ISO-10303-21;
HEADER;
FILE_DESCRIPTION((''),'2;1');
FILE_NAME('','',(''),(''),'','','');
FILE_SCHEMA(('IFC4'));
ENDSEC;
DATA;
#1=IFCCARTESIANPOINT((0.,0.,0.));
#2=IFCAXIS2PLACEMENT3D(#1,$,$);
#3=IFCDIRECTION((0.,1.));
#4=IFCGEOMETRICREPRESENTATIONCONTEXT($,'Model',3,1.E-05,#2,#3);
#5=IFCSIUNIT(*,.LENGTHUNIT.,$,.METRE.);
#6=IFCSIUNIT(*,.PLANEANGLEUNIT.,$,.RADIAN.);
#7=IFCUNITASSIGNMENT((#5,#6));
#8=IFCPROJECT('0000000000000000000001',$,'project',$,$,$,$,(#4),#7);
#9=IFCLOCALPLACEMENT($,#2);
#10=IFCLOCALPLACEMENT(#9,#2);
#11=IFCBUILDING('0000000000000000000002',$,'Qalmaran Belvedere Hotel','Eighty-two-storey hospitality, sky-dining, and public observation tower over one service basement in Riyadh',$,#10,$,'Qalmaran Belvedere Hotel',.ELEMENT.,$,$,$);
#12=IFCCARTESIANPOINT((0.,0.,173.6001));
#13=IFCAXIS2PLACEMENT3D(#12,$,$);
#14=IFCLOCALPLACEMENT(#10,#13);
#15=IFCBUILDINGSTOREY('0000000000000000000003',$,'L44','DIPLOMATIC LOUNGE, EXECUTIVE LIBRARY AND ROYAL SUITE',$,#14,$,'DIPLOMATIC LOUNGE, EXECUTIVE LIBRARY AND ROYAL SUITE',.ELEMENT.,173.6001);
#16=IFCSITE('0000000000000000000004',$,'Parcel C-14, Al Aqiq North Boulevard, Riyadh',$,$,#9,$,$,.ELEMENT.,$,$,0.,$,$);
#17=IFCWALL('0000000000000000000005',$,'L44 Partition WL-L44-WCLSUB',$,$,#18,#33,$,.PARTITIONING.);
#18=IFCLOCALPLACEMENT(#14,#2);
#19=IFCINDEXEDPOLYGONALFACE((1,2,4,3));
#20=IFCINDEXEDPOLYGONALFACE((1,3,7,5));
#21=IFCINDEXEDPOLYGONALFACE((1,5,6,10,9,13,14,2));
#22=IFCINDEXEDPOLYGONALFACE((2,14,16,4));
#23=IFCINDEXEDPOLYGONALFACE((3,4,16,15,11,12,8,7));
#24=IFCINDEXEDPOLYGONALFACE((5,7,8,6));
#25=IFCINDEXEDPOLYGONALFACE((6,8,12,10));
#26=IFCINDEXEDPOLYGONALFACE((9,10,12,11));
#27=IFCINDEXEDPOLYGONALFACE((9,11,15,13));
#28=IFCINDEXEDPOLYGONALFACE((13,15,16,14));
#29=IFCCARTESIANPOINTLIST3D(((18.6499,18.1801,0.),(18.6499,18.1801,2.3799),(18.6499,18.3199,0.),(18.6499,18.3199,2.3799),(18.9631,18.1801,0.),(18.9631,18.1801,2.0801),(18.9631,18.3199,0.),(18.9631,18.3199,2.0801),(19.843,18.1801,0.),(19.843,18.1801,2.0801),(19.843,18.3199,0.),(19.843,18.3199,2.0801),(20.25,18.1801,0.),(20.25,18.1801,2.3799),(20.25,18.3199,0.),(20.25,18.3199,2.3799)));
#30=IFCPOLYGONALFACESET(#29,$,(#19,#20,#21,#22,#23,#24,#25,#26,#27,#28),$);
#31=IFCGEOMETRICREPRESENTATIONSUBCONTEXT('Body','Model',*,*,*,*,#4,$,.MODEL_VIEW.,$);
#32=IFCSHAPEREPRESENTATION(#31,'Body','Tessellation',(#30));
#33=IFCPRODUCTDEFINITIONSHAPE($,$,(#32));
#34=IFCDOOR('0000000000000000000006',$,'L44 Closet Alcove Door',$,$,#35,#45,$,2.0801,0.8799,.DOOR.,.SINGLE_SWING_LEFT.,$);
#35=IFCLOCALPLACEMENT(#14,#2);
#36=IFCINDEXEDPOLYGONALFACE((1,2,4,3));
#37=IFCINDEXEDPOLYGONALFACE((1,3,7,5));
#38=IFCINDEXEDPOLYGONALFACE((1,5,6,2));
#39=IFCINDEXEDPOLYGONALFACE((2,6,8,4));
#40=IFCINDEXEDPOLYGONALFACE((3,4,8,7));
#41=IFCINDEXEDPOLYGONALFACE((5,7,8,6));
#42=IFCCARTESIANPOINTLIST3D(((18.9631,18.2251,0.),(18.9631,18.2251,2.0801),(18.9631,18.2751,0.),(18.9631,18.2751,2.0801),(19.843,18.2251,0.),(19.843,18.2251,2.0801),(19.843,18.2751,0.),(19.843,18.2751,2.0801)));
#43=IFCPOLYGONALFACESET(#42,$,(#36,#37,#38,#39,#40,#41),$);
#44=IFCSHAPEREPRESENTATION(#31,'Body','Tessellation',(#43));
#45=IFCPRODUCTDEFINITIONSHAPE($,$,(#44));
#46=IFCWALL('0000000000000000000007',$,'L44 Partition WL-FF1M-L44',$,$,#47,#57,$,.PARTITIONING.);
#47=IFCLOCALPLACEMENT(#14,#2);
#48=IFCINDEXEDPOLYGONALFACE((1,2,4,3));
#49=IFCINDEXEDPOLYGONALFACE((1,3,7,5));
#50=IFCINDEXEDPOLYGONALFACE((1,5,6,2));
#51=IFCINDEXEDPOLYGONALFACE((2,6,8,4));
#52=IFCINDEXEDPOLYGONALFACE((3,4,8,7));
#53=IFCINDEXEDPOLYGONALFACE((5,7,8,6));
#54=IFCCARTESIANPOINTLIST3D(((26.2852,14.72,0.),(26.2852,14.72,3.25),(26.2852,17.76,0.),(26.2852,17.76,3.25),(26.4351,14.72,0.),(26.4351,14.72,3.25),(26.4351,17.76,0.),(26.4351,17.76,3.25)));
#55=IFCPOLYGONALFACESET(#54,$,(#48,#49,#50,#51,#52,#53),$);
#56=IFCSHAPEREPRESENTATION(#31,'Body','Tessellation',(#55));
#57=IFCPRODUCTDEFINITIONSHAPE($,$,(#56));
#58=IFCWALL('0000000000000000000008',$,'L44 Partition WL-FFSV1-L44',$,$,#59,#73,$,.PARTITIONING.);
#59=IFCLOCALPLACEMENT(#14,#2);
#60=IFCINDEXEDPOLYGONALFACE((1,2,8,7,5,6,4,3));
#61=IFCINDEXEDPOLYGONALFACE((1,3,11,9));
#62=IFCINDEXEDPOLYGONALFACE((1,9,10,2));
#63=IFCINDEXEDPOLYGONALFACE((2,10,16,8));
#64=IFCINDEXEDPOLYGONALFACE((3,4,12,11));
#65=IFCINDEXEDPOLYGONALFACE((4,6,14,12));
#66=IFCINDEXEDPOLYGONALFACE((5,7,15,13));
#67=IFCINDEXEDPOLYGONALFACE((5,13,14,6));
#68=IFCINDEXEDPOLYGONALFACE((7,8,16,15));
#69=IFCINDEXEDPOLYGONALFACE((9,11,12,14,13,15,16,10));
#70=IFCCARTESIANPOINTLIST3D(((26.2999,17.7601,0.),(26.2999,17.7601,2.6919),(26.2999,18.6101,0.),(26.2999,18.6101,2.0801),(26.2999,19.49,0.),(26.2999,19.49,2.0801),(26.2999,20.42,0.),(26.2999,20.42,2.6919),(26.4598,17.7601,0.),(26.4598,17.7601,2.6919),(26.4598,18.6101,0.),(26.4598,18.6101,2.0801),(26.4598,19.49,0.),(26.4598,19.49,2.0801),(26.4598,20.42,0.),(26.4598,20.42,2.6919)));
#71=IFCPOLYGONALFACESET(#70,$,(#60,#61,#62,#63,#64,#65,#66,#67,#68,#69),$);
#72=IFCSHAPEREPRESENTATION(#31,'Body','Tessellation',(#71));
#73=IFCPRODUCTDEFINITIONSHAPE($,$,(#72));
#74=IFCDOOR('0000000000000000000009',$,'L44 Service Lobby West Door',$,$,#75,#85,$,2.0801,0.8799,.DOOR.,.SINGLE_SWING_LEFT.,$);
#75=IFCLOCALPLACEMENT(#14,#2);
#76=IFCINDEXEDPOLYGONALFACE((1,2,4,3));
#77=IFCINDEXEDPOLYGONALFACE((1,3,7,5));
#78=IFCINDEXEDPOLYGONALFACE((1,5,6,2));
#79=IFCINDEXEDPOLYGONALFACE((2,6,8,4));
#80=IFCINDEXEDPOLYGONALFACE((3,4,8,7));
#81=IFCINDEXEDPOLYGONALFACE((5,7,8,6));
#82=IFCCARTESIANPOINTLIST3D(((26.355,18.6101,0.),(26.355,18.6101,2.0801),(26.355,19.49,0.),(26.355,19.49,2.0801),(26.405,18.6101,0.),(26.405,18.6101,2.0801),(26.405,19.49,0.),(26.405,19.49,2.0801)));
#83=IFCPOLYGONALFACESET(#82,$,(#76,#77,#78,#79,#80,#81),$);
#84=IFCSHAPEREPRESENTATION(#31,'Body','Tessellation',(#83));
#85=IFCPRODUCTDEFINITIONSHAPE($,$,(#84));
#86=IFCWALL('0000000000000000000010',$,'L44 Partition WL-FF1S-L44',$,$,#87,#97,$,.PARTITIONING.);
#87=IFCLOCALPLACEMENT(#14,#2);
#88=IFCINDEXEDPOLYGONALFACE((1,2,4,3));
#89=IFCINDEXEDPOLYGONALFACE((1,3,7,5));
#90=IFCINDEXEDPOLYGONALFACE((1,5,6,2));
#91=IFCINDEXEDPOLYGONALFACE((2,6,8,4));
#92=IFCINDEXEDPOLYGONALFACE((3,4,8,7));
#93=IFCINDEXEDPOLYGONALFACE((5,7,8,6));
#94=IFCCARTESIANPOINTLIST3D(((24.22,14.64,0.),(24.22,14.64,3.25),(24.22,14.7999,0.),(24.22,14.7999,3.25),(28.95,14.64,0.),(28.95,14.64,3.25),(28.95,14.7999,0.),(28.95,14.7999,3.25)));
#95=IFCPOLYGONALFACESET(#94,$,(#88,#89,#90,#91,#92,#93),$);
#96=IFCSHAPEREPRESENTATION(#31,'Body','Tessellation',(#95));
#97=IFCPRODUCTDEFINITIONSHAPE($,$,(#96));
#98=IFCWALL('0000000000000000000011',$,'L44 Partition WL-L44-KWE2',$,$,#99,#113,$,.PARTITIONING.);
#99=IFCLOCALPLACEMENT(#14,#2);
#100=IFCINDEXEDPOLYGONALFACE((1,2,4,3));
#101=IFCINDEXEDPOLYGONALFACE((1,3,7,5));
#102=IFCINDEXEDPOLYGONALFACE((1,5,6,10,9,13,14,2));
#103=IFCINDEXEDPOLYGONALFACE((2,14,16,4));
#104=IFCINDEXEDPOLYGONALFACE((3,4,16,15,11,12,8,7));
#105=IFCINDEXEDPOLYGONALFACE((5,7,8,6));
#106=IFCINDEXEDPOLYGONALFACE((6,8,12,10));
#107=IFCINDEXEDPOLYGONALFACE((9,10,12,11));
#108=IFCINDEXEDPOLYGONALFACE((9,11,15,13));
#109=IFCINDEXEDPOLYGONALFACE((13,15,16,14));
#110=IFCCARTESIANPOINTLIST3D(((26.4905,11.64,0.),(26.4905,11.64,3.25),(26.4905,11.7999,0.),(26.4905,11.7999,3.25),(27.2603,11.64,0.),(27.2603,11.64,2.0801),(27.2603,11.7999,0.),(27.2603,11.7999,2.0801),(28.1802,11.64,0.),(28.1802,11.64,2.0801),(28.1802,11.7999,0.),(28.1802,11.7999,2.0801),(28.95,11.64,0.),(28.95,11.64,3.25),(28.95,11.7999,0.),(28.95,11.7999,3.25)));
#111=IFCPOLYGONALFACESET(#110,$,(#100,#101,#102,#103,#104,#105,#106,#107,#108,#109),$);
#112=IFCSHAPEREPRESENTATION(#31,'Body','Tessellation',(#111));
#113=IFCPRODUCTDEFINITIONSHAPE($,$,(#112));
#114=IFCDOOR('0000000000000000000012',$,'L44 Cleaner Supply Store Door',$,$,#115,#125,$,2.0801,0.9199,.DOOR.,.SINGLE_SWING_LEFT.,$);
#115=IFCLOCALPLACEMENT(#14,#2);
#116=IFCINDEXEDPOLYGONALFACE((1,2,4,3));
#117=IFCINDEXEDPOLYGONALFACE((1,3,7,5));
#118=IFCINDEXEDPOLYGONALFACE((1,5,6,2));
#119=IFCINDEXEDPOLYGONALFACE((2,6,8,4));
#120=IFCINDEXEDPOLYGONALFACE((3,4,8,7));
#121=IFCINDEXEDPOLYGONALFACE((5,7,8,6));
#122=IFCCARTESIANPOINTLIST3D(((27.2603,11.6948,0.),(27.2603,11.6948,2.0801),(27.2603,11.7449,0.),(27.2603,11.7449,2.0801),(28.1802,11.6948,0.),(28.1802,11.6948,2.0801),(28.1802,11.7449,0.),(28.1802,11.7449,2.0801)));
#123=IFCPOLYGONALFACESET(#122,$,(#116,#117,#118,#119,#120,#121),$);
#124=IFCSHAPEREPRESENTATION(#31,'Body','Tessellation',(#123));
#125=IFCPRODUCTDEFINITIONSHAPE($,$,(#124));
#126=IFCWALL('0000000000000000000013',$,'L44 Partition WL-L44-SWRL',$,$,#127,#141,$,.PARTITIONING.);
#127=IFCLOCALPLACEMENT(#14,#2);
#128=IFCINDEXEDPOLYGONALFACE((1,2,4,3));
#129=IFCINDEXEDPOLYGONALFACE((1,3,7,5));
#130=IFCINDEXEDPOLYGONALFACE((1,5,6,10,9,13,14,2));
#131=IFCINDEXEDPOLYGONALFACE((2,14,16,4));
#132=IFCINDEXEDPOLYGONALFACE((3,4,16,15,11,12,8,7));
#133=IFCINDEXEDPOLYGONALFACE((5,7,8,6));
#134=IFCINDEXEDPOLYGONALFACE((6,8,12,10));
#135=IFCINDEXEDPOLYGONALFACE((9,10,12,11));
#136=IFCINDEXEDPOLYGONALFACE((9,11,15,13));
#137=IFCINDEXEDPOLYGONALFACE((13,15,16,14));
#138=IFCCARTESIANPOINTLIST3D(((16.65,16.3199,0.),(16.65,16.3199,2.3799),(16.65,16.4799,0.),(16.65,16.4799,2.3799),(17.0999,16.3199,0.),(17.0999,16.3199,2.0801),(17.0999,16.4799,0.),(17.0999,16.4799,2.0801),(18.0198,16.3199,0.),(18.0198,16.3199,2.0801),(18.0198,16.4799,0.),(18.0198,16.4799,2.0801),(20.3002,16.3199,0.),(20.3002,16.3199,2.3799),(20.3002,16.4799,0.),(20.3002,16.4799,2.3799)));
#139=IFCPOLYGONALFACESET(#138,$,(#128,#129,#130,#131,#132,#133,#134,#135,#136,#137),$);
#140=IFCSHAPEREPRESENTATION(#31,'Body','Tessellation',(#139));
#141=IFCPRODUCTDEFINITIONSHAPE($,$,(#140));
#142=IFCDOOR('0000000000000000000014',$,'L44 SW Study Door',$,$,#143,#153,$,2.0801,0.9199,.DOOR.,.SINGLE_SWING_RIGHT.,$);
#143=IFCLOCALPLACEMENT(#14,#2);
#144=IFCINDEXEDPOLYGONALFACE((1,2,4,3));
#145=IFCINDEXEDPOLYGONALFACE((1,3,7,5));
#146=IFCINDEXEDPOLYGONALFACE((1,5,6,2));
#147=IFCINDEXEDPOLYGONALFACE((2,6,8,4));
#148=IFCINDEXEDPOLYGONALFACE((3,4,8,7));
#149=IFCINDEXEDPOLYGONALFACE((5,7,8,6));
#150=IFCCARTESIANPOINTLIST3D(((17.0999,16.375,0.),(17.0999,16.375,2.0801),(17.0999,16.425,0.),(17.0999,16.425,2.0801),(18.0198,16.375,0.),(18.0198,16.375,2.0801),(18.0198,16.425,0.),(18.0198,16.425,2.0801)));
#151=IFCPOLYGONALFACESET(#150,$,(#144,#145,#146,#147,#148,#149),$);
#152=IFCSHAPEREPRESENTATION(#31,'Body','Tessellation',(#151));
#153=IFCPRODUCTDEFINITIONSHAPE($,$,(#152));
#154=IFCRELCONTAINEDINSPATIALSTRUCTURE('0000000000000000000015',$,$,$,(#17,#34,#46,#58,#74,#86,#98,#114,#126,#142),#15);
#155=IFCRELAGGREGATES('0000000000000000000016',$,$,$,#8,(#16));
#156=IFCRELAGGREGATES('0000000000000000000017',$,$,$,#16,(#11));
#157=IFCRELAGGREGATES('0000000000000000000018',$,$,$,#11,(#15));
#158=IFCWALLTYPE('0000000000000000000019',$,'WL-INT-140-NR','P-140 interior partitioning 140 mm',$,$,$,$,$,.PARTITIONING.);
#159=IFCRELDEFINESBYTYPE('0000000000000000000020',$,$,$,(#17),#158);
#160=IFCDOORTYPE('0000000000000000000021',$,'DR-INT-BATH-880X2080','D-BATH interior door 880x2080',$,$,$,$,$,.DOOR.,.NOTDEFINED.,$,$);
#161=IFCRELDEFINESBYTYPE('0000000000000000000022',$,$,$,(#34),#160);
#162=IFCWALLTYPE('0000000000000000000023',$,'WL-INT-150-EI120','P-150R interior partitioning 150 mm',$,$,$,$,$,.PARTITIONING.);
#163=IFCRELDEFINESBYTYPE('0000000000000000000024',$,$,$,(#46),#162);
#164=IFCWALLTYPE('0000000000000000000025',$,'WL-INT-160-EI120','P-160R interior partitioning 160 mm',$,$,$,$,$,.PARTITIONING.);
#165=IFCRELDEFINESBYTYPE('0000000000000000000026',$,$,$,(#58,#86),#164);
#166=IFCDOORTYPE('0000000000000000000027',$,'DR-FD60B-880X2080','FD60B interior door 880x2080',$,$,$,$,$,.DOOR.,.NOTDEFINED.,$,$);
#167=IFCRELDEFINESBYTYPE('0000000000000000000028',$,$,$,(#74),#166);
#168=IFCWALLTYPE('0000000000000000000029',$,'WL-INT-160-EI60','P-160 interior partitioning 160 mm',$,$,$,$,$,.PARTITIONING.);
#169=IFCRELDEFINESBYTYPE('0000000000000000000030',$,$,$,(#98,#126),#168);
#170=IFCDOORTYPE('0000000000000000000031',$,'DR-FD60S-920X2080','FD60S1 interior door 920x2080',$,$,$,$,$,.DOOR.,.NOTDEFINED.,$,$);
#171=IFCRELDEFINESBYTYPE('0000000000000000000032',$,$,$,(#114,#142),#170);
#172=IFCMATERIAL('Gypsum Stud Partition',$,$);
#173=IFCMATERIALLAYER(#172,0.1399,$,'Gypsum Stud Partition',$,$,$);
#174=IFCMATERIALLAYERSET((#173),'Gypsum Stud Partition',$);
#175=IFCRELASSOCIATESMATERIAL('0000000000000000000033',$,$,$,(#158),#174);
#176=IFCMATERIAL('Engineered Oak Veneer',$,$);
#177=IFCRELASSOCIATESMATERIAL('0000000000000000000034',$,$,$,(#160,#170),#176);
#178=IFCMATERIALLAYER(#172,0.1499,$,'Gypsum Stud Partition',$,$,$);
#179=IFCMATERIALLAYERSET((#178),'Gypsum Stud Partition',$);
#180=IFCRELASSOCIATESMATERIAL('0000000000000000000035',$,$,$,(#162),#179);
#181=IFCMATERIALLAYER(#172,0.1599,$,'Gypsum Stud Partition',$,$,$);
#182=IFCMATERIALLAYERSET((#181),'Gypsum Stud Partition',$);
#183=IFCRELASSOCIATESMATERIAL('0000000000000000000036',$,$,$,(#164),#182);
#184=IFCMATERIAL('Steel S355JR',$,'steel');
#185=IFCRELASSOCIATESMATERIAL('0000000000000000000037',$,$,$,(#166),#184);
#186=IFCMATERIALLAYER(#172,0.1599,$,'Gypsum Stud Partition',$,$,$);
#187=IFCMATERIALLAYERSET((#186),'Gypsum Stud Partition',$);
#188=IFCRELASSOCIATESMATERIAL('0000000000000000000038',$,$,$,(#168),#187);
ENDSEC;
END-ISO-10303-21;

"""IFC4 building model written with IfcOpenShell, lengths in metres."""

from ifc_helpers import new_model, si_unit, direction, frame, frame_2d, origin, place, context, subcontext, project, spatial, rectangle, extrude, material, layer, layer_set, type_object, element, fill, save


model = new_model("IFC4")

# Units and contexts
model_context = context("Model", 3, precision=1e-05, world=origin(), true_north=direction((0.0, 1.0)))
body_context = subcontext(model_context, "Body", "Model", "MODEL_VIEW")
ifc_project = project(units=[si_unit("LENGTHUNIT", "METRE"), si_unit("PLANEANGLEUNIT", "RADIAN")], contexts=[model_context])

# Site, building, storey
site_placement = place(None, origin())
site = spatial("IfcSite", under=ifc_project, at=site_placement, Name="Parcel C-14, Al Aqiq North Boulevard, Riyadh", CompositionType="ELEMENT", RefElevation=0.0)
building_placement = place(site_placement, origin())
building = spatial("IfcBuilding", under=site, at=building_placement, Name="Qalmaran Belvedere Hotel", Description="Eighty-two-storey hospitality, sky-dining, and public observation tower over one service basement in Riyadh", LongName="Qalmaran Belvedere Hotel", CompositionType="ELEMENT")
storey_placement = place(building_placement, frame((0.0, 0.0, 173.6001)))
storey = spatial("IfcBuildingStorey", under=building, at=storey_placement, Name="L44", Description="DIPLOMATIC LOUNGE, EXECUTIVE LIBRARY AND ROYAL SUITE", LongName="DIPLOMATIC LOUNGE, EXECUTIVE LIBRARY AND ROYAL SUITE", CompositionType="ELEMENT", Elevation=173.6001)

# Wall, opening, door
ifc_material_1 = material(Name="Gypsum Stud Partition")
ifc_layer_1 = layer(ifc_material_1, 0.1399, Name="Gypsum Stud Partition")
ifc_layer_set_1 = layer_set([ifc_layer_1], Name="Gypsum Stud Partition")
wall_type_1 = type_object("IfcWallType", Name="WL-INT-140-NR", Description="P-140 interior partitioning 140 mm", PredefinedType="PARTITIONING", material=ifc_layer_set_1)
wall_1_placement = place(storey_placement, frame((18.6499, 18.25, 0.0), z_axis=(0.0, 0.0, 1.0), x_axis=(1.0, 0.0, 0.0)))
wall_1 = element("IfcWall", 1, at=wall_1_placement, inside=storey, type_object=wall_type_1, Name="L44 Partition WL-L44-WCLSUB", PredefinedType="PARTITIONING", context=body_context, shape_type="SweptSolid", body=[
    extrude(rectangle(XDim=1.6001, YDim=0.1399, at=frame_2d((0.8, 0.0))), origin(), (0.0, 0.0, 1.0), 2.3799),
])
opening_1_placement = place(wall_1_placement, frame((1.1931, 0.0, 0.0), z_axis=(0.0, 0.0, 1.0), x_axis=(-1.0, 0.0, 0.0)))
opening_1 = element("IfcOpeningElement", 2, at=opening_1_placement, cuts=wall_1, PredefinedType="OPENING", context=body_context, shape_type="SweptSolid", body=[
    extrude(rectangle(XDim=0.8799, YDim=2.0801, at=frame_2d((0.4399, 1.04))), frame((0.0, 0.0801, 0.0), z_axis=(0.0, -1.0, 0.0), x_axis=(1.0, 0.0, 0.0)), (0.0, 0.0, 1.0), 0.1599),
])
ifc_material_2 = material(Name="Engineered Oak Veneer")
door_type_1 = type_object("IfcDoorType", Name="DR-INT-BATH-880X2080", Description="D-BATH interior door 880x2080", OperationType="NOTDEFINED", PredefinedType="DOOR", material=ifc_material_2)
door_1_placement = place(opening_1_placement, origin())
door_1 = element("IfcDoor", 3, at=door_1_placement, inside=storey, type_object=door_type_1, Name="L44 Closet Alcove Door", OperationType="SINGLE_SWING_LEFT", OverallHeight=2.0801, OverallWidth=0.8799, PredefinedType="DOOR", context=body_context, shape_type="SweptSolid", body=[
    extrude(rectangle(XDim=0.8799, YDim=2.0801, at=frame_2d((0.4399, 1.04))), frame((0.0, 0.0249, 0.0), z_axis=(0.0, -1.0, 0.0), x_axis=(1.0, 0.0, 0.0)), (0.0, 0.0, 1.0), 0.05),
])
fill(opening_1, door_1)

# Wall
ifc_layer_2 = layer(ifc_material_1, 0.1499, Name="Gypsum Stud Partition")
ifc_layer_set_2 = layer_set([ifc_layer_2], Name="Gypsum Stud Partition")
wall_type_2 = type_object("IfcWallType", Name="WL-INT-150-EI120", Description="P-150R interior partitioning 150 mm", PredefinedType="PARTITIONING", material=ifc_layer_set_2)
wall_2_placement = place(storey_placement, frame((26.3601, 14.72, 0.0), z_axis=(0.0, 0.0, 1.0), x_axis=(0.0, 1.0, 0.0)))
element("IfcWall", 4, at=wall_2_placement, inside=storey, type_object=wall_type_2, Name="L44 Partition WL-FF1M-L44", PredefinedType="PARTITIONING", context=body_context, shape_type="SweptSolid", body=[
    extrude(rectangle(XDim=3.04, YDim=0.1499, at=frame_2d((1.52, 0.0))), origin(), (0.0, 0.0, 1.0), 3.25),
])

# Wall, opening, door
ifc_layer_3 = layer(ifc_material_1, 0.1599, Name="Gypsum Stud Partition")
ifc_layer_set_3 = layer_set([ifc_layer_3], Name="Gypsum Stud Partition")
wall_type_3 = type_object("IfcWallType", Name="WL-INT-160-EI120", Description="P-160R interior partitioning 160 mm", PredefinedType="PARTITIONING", material=ifc_layer_set_3)
wall_3_placement = place(storey_placement, frame((26.3799, 17.76, 0.0), z_axis=(0.0, 0.0, 1.0), x_axis=(0.0, 1.0, 0.0)))
wall_3 = element("IfcWall", 5, at=wall_3_placement, inside=storey, type_object=wall_type_3, Name="L44 Partition WL-FFSV1-L44", PredefinedType="PARTITIONING", context=body_context, shape_type="SweptSolid", body=[
    extrude(rectangle(XDim=2.6599, YDim=0.1599, at=frame_2d((1.3301, 0.0))), origin(), (0.0, 0.0, 1.0), 2.6919),
])
opening_2_placement = place(wall_3_placement, frame((0.8501, 0.0, 0.0)))
opening_2 = element("IfcOpeningElement", 6, at=opening_2_placement, cuts=wall_3, PredefinedType="OPENING", context=body_context, shape_type="SweptSolid", body=[
    extrude(rectangle(XDim=0.8799, YDim=2.0801, at=frame_2d((0.4399, 1.04))), frame((0.0, 0.0898, 0.0), z_axis=(0.0, -1.0, 0.0), x_axis=(1.0, 0.0, 0.0)), (0.0, 0.0, 1.0), 0.1799),
])
ifc_material_3 = material(Name="Steel S355JR", Category="steel")
door_type_2 = type_object("IfcDoorType", Name="DR-FD60B-880X2080", Description="FD60B interior door 880x2080", OperationType="NOTDEFINED", PredefinedType="DOOR", material=ifc_material_3)
door_2_placement = place(opening_2_placement, origin())
door_2 = element("IfcDoor", 7, at=door_2_placement, inside=storey, type_object=door_type_2, Name="L44 Service Lobby West Door", OperationType="SINGLE_SWING_LEFT", OverallHeight=2.0801, OverallWidth=0.8799, PredefinedType="DOOR", context=body_context, shape_type="SweptSolid", body=[
    extrude(rectangle(XDim=0.8799, YDim=2.0801, at=frame_2d((0.4399, 1.04))), frame((0.0, 0.0249, 0.0), z_axis=(0.0, -1.0, 0.0), x_axis=(1.0, 0.0, 0.0)), (0.0, 0.0, 1.0), 0.05),
])
fill(opening_2, door_2)

# Wall
wall_4_placement = place(storey_placement, frame((24.22, 14.72, 0.0), z_axis=(0.0, 0.0, 1.0), x_axis=(1.0, 0.0, 0.0)))
element("IfcWall", 8, at=wall_4_placement, inside=storey, type_object=wall_type_3, Name="L44 Partition WL-FF1S-L44", PredefinedType="PARTITIONING", context=body_context, shape_type="SweptSolid", body=[
    extrude(rectangle(XDim=4.73, YDim=0.1599, at=frame_2d((2.365, 0.0))), origin(), (0.0, 0.0, 1.0), 3.25),
])

# Walls, openings, doors
ifc_layer_4 = layer(ifc_material_1, 0.1599, Name="Gypsum Stud Partition")
ifc_layer_set_4 = layer_set([ifc_layer_4], Name="Gypsum Stud Partition")
wall_type_4 = type_object("IfcWallType", Name="WL-INT-160-EI60", Description="P-160 interior partitioning 160 mm", PredefinedType="PARTITIONING", material=ifc_layer_set_4)
wall_5_placement = place(storey_placement, frame((26.4905, 11.72, 0.0), z_axis=(0.0, 0.0, 1.0), x_axis=(1.0, 0.0, 0.0)))
wall_5 = element("IfcWall", 9, at=wall_5_placement, inside=storey, type_object=wall_type_4, Name="L44 Partition WL-L44-KWE2", PredefinedType="PARTITIONING", context=body_context, shape_type="SweptSolid", body=[
    extrude(rectangle(XDim=2.4595, YDim=0.1599, at=frame_2d((1.2297, 0.0))), origin(), (0.0, 0.0, 1.0), 3.25),
])
opening_3_placement = place(wall_5_placement, frame((0.7698, 0.0, 0.0)))
opening_3 = element("IfcOpeningElement", 10, at=opening_3_placement, cuts=wall_5, PredefinedType="OPENING", context=body_context, shape_type="SweptSolid", body=[
    extrude(rectangle(XDim=0.9199, YDim=2.0801, at=frame_2d((0.46, 1.04))), frame((0.0, 0.0898, 0.0), z_axis=(0.0, -1.0, 0.0), x_axis=(1.0, 0.0, 0.0)), (0.0, 0.0, 1.0), 0.1799),
])
door_type_3 = type_object("IfcDoorType", Name="DR-FD60S-920X2080", Description="FD60S1 interior door 920x2080", OperationType="NOTDEFINED", PredefinedType="DOOR", material=ifc_material_2)
door_3_placement = place(opening_3_placement, origin())
door_3 = element("IfcDoor", 11, at=door_3_placement, inside=storey, type_object=door_type_3, Name="L44 Cleaner Supply Store Door", OperationType="SINGLE_SWING_LEFT", OverallHeight=2.0801, OverallWidth=0.9199, PredefinedType="DOOR", context=body_context, shape_type="SweptSolid", body=[
    extrude(rectangle(XDim=0.9199, YDim=2.0801, at=frame_2d((0.46, 1.04))), frame((0.0, 0.0249, 0.0), z_axis=(0.0, -1.0, 0.0), x_axis=(1.0, 0.0, 0.0)), (0.0, 0.0, 1.0), 0.05),
])
fill(opening_3, door_3)
wall_6_placement = place(storey_placement, frame((16.6499, 16.3999, 0.0), z_axis=(0.0, 0.0, 1.0), x_axis=(1.0, 0.0, 0.0)))
wall_6 = element("IfcWall", 12, at=wall_6_placement, inside=storey, type_object=wall_type_4, Name="L44 Partition WL-L44-SWRL", PredefinedType="PARTITIONING", context=body_context, shape_type="SweptSolid", body=[
    extrude(rectangle(XDim=3.6501, YDim=0.1599, at=frame_2d((1.8252, 0.0))), origin(), (0.0, 0.0, 1.0), 2.3799),
])
opening_4_placement = place(wall_6_placement, frame((1.3699, 0.0, 0.0), z_axis=(0.0, 0.0, 1.0), x_axis=(-1.0, 0.0, 0.0)))
opening_4 = element("IfcOpeningElement", 13, at=opening_4_placement, cuts=wall_6, PredefinedType="OPENING", context=body_context, shape_type="SweptSolid", body=[
    extrude(rectangle(XDim=0.9199, YDim=2.0801, at=frame_2d((0.46, 1.04))), frame((0.0, 0.0898, 0.0), z_axis=(0.0, -1.0, 0.0), x_axis=(1.0, 0.0, 0.0)), (0.0, 0.0, 1.0), 0.1799),
])
door_4_placement = place(opening_4_placement, origin())
door_4 = element("IfcDoor", 14, at=door_4_placement, inside=storey, type_object=door_type_3, Name="L44 SW Study Door", OperationType="SINGLE_SWING_RIGHT", OverallHeight=2.0801, OverallWidth=0.9199, PredefinedType="DOOR", context=body_context, shape_type="SweptSolid", body=[
    extrude(rectangle(XDim=0.9199, YDim=2.0801, at=frame_2d((0.46, 1.04))), frame((0.0, 0.0249, 0.0), z_axis=(0.0, -1.0, 0.0), x_axis=(1.0, 0.0, 0.0)), (0.0, 0.0, 1.0), 0.05),
])
fill(opening_4, door_4)

save(model, "model.ifc")
